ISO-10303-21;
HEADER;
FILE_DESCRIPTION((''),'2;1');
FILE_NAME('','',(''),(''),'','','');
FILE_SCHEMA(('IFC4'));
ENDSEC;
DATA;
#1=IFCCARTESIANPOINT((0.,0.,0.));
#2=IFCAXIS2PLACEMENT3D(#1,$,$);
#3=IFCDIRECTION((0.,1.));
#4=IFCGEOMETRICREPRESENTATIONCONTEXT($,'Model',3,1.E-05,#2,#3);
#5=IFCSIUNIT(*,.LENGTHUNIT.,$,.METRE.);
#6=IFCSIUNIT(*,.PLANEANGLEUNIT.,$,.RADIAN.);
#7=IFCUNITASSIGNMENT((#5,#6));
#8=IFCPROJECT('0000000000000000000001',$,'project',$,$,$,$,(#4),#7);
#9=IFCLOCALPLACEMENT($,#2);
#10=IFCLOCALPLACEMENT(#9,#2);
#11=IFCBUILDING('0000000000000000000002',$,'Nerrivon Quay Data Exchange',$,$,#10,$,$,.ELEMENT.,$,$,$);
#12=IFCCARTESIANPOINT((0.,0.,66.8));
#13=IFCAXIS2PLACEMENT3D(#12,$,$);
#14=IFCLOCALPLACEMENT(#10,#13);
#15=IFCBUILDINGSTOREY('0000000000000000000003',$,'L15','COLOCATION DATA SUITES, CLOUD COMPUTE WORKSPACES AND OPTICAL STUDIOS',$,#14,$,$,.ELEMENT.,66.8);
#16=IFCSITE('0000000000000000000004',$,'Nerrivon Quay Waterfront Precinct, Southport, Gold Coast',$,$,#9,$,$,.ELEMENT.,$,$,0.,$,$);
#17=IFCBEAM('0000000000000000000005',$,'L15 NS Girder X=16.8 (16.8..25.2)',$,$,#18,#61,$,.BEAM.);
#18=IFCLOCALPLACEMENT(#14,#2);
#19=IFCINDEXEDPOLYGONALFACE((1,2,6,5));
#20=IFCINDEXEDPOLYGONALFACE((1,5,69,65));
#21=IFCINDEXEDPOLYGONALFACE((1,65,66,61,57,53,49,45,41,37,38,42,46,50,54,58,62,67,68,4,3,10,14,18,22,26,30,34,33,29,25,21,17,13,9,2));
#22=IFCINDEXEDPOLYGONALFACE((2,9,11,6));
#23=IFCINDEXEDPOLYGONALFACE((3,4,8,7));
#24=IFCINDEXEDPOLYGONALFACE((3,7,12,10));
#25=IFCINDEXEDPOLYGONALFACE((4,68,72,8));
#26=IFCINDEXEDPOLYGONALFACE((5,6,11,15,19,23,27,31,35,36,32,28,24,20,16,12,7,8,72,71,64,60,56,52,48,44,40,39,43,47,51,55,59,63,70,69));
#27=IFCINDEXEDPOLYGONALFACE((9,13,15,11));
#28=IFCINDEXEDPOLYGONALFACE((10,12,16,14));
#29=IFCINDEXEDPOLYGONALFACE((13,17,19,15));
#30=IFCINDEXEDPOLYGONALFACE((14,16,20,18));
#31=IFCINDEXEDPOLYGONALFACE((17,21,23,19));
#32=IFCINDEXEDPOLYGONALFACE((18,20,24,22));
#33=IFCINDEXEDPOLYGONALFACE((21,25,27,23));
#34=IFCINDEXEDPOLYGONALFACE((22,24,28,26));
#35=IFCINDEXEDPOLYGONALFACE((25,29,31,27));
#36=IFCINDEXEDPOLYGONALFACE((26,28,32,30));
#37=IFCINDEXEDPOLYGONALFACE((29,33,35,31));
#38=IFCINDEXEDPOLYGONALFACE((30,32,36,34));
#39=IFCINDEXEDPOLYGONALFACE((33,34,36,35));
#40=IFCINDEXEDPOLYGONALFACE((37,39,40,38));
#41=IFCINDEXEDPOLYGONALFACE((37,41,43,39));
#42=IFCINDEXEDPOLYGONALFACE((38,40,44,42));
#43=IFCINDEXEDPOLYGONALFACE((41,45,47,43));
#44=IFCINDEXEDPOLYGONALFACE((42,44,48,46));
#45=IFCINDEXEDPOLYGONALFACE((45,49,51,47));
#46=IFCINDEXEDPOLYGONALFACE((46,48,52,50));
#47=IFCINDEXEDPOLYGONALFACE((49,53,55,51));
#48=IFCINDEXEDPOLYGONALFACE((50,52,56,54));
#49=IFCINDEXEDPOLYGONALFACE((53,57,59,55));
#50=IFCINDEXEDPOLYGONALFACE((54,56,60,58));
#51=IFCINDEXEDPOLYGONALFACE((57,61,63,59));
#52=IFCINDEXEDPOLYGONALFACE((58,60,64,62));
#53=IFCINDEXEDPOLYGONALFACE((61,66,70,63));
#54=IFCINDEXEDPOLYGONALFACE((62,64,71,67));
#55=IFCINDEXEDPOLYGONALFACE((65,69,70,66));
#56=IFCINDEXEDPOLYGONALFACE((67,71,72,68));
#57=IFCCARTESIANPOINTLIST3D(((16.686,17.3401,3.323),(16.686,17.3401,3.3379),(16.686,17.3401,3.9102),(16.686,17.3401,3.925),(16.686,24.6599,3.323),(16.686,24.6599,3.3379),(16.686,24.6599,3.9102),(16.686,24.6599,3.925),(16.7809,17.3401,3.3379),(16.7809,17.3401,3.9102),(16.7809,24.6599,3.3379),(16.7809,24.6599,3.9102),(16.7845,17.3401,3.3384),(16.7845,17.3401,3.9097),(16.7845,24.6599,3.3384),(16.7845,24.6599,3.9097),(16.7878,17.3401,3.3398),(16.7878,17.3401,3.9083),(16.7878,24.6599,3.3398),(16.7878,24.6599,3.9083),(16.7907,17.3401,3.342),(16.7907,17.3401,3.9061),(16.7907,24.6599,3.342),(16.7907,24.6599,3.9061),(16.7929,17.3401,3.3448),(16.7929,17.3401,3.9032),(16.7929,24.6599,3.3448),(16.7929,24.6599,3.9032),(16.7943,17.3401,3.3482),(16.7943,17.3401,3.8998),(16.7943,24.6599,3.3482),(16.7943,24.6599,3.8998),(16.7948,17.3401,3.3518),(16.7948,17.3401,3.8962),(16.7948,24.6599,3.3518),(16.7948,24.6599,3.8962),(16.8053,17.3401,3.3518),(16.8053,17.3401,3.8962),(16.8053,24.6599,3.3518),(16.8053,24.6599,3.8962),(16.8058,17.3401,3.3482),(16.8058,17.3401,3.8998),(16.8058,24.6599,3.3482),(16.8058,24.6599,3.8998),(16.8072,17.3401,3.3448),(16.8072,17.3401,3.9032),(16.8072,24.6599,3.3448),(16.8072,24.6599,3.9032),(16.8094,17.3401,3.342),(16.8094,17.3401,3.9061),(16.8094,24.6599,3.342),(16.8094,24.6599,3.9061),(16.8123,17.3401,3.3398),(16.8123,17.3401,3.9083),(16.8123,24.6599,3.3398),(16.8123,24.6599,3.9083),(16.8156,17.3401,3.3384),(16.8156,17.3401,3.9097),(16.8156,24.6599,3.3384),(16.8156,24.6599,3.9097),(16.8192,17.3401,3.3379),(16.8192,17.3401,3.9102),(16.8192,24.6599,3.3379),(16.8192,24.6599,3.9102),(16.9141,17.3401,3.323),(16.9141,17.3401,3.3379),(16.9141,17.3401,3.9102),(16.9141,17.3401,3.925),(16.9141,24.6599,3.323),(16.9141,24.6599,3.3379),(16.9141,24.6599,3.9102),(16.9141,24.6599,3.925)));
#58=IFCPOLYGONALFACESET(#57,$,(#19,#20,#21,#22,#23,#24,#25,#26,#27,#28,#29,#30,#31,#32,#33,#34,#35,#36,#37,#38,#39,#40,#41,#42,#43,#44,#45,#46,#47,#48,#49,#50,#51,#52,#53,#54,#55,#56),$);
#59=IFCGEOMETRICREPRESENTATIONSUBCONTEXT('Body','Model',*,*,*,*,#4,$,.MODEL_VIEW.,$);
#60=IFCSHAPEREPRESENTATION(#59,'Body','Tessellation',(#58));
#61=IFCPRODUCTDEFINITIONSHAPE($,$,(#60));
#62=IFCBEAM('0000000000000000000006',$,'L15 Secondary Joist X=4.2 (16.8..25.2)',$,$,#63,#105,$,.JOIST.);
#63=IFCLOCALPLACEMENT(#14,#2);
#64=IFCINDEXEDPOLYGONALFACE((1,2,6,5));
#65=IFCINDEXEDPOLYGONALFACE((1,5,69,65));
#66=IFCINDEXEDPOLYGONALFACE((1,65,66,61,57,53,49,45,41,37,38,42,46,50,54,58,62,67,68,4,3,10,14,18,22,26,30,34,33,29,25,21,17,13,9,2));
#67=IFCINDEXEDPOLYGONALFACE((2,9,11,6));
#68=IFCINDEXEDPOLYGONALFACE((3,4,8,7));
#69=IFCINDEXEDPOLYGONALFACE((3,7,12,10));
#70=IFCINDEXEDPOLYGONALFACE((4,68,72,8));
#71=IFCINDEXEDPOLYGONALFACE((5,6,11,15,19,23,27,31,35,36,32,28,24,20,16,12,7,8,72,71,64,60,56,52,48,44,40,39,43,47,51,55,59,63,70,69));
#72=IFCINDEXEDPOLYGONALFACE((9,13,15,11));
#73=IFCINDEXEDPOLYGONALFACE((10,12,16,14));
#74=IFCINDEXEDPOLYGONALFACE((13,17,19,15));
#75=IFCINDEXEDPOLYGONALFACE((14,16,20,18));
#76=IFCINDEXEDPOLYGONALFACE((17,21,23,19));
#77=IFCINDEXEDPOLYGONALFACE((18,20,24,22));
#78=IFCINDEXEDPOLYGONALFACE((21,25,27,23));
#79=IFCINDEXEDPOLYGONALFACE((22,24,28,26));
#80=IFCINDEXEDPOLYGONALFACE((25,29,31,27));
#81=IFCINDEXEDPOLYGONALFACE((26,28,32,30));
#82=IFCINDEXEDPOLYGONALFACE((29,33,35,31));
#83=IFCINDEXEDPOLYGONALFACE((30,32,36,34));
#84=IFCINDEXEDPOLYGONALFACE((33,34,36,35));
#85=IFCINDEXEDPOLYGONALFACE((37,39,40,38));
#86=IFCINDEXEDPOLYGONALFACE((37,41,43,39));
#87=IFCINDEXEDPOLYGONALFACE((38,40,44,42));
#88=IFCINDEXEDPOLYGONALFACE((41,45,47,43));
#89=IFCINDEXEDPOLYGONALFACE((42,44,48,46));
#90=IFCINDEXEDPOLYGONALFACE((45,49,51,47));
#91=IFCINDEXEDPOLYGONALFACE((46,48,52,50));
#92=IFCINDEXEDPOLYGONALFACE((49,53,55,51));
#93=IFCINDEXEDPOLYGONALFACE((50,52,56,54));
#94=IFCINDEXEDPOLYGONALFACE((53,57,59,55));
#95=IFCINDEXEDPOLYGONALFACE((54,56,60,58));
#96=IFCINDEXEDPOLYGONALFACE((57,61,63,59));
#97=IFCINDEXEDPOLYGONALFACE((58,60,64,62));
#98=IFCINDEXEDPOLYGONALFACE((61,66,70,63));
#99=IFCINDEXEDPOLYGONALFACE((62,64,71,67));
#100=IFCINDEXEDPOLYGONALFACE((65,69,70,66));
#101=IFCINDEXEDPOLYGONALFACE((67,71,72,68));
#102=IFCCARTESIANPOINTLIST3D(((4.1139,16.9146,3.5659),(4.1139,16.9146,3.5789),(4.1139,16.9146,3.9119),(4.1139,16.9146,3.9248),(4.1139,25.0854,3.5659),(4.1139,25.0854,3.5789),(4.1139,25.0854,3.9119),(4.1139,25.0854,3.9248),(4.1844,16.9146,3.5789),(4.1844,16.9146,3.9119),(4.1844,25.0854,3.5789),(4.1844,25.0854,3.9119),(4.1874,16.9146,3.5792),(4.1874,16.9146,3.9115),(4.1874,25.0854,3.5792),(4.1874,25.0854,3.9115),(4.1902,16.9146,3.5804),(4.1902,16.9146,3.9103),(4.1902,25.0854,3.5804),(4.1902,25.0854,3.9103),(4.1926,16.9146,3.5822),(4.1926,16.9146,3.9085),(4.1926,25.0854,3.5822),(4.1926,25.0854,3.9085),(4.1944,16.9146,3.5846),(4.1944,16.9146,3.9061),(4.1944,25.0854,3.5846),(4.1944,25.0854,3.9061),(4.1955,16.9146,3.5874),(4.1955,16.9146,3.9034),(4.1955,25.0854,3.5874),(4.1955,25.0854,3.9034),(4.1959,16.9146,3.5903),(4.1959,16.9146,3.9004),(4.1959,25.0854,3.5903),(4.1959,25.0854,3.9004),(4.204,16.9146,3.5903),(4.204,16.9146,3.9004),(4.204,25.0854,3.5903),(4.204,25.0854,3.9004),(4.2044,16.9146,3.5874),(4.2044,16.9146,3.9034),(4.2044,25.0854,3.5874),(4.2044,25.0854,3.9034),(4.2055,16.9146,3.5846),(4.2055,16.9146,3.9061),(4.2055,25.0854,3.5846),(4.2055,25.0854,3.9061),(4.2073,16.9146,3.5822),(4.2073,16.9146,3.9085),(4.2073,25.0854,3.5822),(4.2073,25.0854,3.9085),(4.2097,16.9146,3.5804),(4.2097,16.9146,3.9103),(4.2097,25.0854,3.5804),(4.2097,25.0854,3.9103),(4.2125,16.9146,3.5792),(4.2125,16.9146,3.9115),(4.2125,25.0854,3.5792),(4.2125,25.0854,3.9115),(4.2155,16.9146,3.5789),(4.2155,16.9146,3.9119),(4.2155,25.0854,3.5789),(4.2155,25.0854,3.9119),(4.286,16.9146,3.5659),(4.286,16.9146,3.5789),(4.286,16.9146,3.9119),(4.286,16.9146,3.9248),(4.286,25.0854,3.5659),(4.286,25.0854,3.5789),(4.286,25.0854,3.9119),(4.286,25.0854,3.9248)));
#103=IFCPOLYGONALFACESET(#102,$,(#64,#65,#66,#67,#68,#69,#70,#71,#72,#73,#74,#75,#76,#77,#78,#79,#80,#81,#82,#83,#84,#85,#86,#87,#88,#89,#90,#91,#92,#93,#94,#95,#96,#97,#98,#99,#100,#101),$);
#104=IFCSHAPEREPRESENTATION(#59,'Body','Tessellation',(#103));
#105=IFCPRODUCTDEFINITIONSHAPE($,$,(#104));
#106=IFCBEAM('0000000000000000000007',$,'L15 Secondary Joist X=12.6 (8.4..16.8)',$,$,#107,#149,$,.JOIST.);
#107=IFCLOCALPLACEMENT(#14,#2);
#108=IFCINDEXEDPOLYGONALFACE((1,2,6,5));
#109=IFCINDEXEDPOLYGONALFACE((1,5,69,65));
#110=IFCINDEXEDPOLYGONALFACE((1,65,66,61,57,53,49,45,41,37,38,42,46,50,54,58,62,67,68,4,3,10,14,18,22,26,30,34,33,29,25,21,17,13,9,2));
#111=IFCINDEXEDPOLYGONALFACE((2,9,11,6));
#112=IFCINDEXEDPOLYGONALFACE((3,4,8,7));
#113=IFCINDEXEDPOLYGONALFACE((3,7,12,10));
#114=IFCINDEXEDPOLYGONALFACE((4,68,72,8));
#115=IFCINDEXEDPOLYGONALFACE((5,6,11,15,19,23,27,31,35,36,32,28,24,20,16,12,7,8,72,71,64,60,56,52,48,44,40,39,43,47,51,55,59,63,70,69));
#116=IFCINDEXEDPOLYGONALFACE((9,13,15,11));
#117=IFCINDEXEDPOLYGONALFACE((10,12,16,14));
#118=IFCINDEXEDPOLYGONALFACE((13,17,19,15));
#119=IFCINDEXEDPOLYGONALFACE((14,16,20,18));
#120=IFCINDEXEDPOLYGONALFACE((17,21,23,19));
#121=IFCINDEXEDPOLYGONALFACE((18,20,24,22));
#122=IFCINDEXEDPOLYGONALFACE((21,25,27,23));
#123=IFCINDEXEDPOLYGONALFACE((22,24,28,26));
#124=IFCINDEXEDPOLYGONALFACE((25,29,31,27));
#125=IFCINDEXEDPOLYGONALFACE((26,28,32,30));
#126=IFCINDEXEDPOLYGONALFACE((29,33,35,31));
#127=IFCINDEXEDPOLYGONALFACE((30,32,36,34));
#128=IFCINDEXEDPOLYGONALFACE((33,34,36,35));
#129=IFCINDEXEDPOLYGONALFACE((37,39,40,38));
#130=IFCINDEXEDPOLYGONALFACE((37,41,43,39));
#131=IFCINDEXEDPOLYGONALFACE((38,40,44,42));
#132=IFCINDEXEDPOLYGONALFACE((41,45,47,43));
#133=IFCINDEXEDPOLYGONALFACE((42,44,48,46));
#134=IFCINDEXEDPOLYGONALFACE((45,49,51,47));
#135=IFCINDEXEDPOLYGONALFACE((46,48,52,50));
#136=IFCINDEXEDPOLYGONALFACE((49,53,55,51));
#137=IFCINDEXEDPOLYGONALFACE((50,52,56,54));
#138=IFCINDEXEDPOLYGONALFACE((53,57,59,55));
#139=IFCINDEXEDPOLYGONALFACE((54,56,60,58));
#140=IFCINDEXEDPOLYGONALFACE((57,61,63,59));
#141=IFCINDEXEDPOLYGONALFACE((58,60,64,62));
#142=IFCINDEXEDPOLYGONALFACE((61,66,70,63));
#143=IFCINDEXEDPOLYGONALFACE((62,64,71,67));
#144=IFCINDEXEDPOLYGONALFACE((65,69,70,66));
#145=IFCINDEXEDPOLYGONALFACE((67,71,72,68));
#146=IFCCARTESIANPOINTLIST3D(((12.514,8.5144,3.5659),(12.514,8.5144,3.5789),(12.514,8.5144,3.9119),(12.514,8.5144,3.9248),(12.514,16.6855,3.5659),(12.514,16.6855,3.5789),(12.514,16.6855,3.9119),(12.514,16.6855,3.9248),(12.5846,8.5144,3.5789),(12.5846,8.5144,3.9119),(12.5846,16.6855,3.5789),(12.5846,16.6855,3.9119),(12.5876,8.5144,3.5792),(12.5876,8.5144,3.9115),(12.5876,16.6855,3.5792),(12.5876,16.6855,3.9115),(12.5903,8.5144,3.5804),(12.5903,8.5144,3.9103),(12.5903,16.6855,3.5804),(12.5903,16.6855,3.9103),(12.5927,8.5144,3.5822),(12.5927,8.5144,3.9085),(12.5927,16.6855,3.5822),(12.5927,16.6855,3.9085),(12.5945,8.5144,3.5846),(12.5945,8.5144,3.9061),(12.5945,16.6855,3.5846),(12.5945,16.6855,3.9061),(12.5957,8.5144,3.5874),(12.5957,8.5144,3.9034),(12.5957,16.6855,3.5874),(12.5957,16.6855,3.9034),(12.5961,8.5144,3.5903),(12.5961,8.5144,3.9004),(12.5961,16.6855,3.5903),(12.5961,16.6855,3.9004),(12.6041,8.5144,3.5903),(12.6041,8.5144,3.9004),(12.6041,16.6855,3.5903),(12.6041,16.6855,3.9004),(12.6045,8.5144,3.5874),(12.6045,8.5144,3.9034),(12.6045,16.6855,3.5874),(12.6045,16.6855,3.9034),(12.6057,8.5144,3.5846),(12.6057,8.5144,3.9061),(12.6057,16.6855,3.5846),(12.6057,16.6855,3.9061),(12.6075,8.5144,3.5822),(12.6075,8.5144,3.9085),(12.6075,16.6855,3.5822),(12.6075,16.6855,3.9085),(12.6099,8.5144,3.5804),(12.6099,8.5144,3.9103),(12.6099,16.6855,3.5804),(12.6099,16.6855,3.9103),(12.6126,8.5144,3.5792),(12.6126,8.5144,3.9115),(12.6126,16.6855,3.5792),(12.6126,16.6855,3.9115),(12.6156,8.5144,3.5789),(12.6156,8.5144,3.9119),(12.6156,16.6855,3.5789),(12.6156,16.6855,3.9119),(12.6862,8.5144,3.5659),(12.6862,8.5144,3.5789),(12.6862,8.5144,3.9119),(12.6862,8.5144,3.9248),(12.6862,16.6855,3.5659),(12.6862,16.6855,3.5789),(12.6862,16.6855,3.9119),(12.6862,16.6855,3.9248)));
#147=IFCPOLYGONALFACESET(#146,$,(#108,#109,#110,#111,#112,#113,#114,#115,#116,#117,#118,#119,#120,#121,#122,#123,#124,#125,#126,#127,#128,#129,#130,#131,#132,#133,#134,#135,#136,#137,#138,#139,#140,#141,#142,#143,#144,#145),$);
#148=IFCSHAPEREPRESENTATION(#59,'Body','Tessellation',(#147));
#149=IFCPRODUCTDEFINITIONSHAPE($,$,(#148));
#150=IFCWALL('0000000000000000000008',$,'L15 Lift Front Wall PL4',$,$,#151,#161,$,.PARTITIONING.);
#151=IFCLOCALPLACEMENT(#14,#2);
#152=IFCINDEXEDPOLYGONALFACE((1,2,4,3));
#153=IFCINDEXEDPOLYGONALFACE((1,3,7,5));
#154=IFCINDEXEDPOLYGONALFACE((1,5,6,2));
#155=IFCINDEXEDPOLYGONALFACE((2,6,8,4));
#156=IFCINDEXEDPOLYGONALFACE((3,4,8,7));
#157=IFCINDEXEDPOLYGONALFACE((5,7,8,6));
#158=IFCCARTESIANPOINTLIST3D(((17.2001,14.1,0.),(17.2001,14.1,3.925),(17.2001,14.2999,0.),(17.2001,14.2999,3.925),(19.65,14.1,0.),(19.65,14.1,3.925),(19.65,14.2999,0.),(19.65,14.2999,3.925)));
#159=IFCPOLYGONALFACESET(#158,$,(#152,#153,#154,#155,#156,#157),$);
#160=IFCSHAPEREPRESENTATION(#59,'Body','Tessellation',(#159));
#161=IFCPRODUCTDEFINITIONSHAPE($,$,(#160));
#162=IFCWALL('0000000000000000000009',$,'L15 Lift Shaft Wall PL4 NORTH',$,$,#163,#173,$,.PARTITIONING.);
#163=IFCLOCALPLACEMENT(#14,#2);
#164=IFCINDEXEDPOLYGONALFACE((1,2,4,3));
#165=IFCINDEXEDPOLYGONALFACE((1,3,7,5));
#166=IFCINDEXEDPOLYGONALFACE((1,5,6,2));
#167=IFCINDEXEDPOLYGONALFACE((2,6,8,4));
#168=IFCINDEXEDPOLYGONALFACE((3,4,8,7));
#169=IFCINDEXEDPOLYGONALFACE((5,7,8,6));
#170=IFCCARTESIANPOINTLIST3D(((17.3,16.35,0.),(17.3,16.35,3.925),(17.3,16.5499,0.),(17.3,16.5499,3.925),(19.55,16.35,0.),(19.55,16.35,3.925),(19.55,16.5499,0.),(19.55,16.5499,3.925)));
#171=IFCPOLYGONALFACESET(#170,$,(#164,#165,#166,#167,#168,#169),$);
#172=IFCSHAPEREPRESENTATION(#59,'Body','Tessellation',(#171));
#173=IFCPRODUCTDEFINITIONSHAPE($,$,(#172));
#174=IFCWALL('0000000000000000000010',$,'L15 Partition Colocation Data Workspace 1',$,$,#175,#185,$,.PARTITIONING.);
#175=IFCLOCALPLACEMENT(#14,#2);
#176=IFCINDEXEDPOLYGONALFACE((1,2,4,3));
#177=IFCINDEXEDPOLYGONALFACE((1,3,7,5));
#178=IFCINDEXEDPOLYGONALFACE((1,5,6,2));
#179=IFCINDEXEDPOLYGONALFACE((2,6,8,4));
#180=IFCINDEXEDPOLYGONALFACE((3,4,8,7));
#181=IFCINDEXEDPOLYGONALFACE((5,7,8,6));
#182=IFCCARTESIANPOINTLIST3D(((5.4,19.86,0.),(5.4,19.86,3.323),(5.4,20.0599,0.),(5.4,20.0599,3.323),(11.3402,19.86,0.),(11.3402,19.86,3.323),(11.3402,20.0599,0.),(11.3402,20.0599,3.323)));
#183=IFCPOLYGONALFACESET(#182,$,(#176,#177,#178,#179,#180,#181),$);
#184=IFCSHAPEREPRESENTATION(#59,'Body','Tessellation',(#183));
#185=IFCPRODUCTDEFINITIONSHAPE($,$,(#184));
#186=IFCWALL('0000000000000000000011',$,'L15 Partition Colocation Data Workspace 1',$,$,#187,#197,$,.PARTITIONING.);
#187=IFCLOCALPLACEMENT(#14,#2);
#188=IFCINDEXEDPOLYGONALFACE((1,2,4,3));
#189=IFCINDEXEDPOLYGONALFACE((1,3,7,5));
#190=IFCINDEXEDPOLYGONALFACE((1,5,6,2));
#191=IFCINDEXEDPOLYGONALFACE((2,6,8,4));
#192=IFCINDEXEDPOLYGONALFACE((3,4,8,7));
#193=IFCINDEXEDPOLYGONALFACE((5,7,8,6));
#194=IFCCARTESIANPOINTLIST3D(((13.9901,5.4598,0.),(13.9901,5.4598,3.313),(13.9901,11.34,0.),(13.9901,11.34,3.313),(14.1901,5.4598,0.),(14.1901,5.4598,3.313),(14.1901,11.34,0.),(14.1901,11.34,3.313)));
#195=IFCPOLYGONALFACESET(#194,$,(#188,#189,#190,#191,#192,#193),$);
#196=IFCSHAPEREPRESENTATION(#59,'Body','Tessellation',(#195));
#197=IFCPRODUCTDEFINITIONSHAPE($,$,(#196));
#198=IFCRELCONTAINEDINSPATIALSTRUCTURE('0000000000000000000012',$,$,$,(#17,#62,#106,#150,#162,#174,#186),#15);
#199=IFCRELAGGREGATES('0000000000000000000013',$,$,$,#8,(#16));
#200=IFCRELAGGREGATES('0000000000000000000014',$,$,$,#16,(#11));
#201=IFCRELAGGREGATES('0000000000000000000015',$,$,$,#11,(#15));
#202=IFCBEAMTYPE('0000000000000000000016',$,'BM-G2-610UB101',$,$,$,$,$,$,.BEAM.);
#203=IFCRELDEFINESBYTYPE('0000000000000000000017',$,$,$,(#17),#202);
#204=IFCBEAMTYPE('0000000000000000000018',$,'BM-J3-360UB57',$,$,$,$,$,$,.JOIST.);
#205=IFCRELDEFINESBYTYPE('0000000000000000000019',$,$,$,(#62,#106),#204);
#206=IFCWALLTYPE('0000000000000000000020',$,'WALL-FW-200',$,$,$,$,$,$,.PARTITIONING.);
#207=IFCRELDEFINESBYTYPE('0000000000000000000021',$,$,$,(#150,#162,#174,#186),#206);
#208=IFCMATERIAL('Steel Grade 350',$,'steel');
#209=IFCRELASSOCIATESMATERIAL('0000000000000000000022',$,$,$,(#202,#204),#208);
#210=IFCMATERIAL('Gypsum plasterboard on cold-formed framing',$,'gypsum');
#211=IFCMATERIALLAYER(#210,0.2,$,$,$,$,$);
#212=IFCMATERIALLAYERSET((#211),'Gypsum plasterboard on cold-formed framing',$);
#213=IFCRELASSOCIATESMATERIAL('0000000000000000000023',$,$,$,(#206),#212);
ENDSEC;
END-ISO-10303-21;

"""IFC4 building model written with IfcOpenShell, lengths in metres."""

from ifc_helpers import new_model, si_unit, direction, frame, frame_2d, origin, origin_2d, place, context, subcontext, project, spatial, rectangle, i_section, extrude, material, layer, layer_set, material_profile, profile_set, type_object, element, save


model = new_model("IFC4")

# Units and contexts
model_context = context("Model", 3, precision=1e-05, world=origin(), true_north=direction((0.0, 1.0)))
body_context = subcontext(model_context, "Body", "Model", "MODEL_VIEW")
ifc_project = project(units=[si_unit("LENGTHUNIT", "METRE"), si_unit("PLANEANGLEUNIT", "RADIAN")], contexts=[model_context])

# Site, building, storey
site_placement = place(None, origin())
site = spatial("IfcSite", under=ifc_project, at=site_placement, Name="Nerrivon Quay Waterfront Precinct, Southport, Gold Coast", CompositionType="ELEMENT", RefElevation=0.0)
building_placement = place(site_placement, origin())
building = spatial("IfcBuilding", under=site, at=building_placement, Name="Nerrivon Quay Data Exchange", CompositionType="ELEMENT")
storey_placement = place(building_placement, frame((0.0, 0.0, 66.8)))
storey = spatial("IfcBuildingStorey", under=building, at=storey_placement, Name="L15", Description="COLOCATION DATA SUITES, CLOUD COMPUTE WORKSPACES AND OPTICAL STUDIOS", CompositionType="ELEMENT", Elevation=66.8)

# Shared definitions
ifc_material_1 = material(Name="Steel Grade 350", Category="steel")

# Beams
ifc_material_profile_1 = material_profile(ifc_material_1, i_section(OverallWidth=0.228, OverallDepth=0.6021, WebThickness=0.0105, FlangeThickness=0.0149, FilletRadius=0.0139, at=origin_2d()), Name="610UB101")
ifc_profile_set_1 = profile_set([ifc_material_profile_1], Name="Steel Grade 350")
beam_type_1 = type_object("IfcBeamType", Name="BM-G2-610UB101", PredefinedType="BEAM", material=ifc_profile_set_1)
beam_1_placement = place(storey_placement, frame((16.8, 17.3401, 3.624), z_axis=(0.0, 1.0, 0.0), x_axis=(-1.0, 0.0, 0.0)))
element("IfcBeam", 1, at=beam_1_placement, inside=storey, type_object=beam_type_1, Name="L15 NS Girder X=16.8 (16.8..25.2)", PredefinedType="BEAM", context=body_context, shape_type="SweptSolid", body=[
    extrude(i_section(OverallWidth=0.228, OverallDepth=0.6021, WebThickness=0.0105, FlangeThickness=0.0149, FilletRadius=0.0139, at=origin_2d()), origin(), (0.0, 0.0, 1.0), 7.3198),
])
ifc_material_profile_2 = material_profile(ifc_material_1, i_section(OverallWidth=0.1721, OverallDepth=0.3589, WebThickness=0.0081, FlangeThickness=0.0129, FilletRadius=0.0115, at=origin_2d()), Name="360UB56.7")
ifc_profile_set_2 = profile_set([ifc_material_profile_2], Name="Steel Grade 350")
beam_type_2 = type_object("IfcBeamType", Name="BM-J3-360UB57", PredefinedType="JOIST", material=ifc_profile_set_2)
beam_2_placement = place(storey_placement, frame((4.2, 16.9146, 3.7454), z_axis=(0.0, 1.0, 0.0), x_axis=(-1.0, 0.0, 0.0)))
element("IfcBeam", 2, at=beam_2_placement, inside=storey, type_object=beam_type_2, Name="L15 Secondary Joist X=4.2 (16.8..25.2)", PredefinedType="JOIST", context=body_context, shape_type="SweptSolid", body=[
    extrude(i_section(OverallWidth=0.1721, OverallDepth=0.3589, WebThickness=0.0081, FlangeThickness=0.0129, FilletRadius=0.0115, at=origin_2d()), origin(), (0.0, 0.0, 1.0), 8.1709),
])
beam_3_placement = place(storey_placement, frame((12.6001, 8.5144, 3.7454), z_axis=(0.0, 1.0, 0.0), x_axis=(-1.0, 0.0, 0.0)))
element("IfcBeam", 3, at=beam_3_placement, inside=storey, type_object=beam_type_2, Name="L15 Secondary Joist X=12.6 (8.4..16.8)", PredefinedType="JOIST", context=body_context, shape_type="SweptSolid", body=[
    extrude(i_section(OverallWidth=0.1721, OverallDepth=0.3589, WebThickness=0.0081, FlangeThickness=0.0129, FilletRadius=0.0115, at=origin_2d()), origin(), (0.0, 0.0, 1.0), 8.1711),
])

# Walls
ifc_material_2 = material(Name="Gypsum plasterboard on cold-formed framing", Category="gypsum")
ifc_layer_1 = layer(ifc_material_2, 0.2)
ifc_layer_set_1 = layer_set([ifc_layer_1], Name="Gypsum plasterboard on cold-formed framing")
wall_type_1 = type_object("IfcWallType", Name="WALL-FW-200", PredefinedType="PARTITIONING", material=ifc_layer_set_1)
wall_1_placement = place(storey_placement, frame((17.2, 14.2, 0.0), z_axis=(0.0, 0.0, 1.0), x_axis=(1.0, 0.0, 0.0)))
element("IfcWall", 4, at=wall_1_placement, inside=storey, type_object=wall_type_1, Name="L15 Lift Front Wall PL4", PredefinedType="PARTITIONING", context=body_context, shape_type="SweptSolid", body=[
    extrude(rectangle(XDim=2.45, YDim=0.2, at=frame_2d((1.2251, 0.0))), origin(), (0.0, 0.0, 1.0), 3.925),
])
wall_2_placement = place(storey_placement, frame((17.3, 16.45, 0.0), z_axis=(0.0, 0.0, 1.0), x_axis=(1.0, 0.0, 0.0)))
element("IfcWall", 5, at=wall_2_placement, inside=storey, type_object=wall_type_1, Name="L15 Lift Shaft Wall PL4 NORTH", PredefinedType="PARTITIONING", context=body_context, shape_type="SweptSolid", body=[
    extrude(rectangle(XDim=2.25, YDim=0.2, at=frame_2d((1.125, 0.0))), origin(), (0.0, 0.0, 1.0), 3.925),
])
wall_3_placement = place(storey_placement, frame((5.3999, 19.96, 0.0), z_axis=(0.0, 0.0, 1.0), x_axis=(1.0, 0.0, 0.0)))
element("IfcWall", 6, at=wall_3_placement, inside=storey, type_object=wall_type_1, Name="L15 Partition Colocation Data Workspace 1", PredefinedType="PARTITIONING", context=body_context, shape_type="SweptSolid", body=[
    extrude(rectangle(XDim=5.9402, YDim=0.2, at=frame_2d((2.9702, 0.0))), origin(), (0.0, 0.0, 1.0), 3.323),
])
wall_4_placement = place(storey_placement, frame((14.0901, 5.46, 0.0), z_axis=(0.0, 0.0, 1.0), x_axis=(0.0, 1.0, 0.0)))
element("IfcWall", 7, at=wall_4_placement, inside=storey, type_object=wall_type_1, Name="L15 Partition Colocation Data Workspace 1", PredefinedType="PARTITIONING", context=body_context, shape_type="SweptSolid", body=[
    extrude(rectangle(XDim=5.8801, YDim=0.2, at=frame_2d((2.9399, 0.0))), origin(), (0.0, 0.0, 1.0), 3.313),
])

save(model, "model.ifc")
